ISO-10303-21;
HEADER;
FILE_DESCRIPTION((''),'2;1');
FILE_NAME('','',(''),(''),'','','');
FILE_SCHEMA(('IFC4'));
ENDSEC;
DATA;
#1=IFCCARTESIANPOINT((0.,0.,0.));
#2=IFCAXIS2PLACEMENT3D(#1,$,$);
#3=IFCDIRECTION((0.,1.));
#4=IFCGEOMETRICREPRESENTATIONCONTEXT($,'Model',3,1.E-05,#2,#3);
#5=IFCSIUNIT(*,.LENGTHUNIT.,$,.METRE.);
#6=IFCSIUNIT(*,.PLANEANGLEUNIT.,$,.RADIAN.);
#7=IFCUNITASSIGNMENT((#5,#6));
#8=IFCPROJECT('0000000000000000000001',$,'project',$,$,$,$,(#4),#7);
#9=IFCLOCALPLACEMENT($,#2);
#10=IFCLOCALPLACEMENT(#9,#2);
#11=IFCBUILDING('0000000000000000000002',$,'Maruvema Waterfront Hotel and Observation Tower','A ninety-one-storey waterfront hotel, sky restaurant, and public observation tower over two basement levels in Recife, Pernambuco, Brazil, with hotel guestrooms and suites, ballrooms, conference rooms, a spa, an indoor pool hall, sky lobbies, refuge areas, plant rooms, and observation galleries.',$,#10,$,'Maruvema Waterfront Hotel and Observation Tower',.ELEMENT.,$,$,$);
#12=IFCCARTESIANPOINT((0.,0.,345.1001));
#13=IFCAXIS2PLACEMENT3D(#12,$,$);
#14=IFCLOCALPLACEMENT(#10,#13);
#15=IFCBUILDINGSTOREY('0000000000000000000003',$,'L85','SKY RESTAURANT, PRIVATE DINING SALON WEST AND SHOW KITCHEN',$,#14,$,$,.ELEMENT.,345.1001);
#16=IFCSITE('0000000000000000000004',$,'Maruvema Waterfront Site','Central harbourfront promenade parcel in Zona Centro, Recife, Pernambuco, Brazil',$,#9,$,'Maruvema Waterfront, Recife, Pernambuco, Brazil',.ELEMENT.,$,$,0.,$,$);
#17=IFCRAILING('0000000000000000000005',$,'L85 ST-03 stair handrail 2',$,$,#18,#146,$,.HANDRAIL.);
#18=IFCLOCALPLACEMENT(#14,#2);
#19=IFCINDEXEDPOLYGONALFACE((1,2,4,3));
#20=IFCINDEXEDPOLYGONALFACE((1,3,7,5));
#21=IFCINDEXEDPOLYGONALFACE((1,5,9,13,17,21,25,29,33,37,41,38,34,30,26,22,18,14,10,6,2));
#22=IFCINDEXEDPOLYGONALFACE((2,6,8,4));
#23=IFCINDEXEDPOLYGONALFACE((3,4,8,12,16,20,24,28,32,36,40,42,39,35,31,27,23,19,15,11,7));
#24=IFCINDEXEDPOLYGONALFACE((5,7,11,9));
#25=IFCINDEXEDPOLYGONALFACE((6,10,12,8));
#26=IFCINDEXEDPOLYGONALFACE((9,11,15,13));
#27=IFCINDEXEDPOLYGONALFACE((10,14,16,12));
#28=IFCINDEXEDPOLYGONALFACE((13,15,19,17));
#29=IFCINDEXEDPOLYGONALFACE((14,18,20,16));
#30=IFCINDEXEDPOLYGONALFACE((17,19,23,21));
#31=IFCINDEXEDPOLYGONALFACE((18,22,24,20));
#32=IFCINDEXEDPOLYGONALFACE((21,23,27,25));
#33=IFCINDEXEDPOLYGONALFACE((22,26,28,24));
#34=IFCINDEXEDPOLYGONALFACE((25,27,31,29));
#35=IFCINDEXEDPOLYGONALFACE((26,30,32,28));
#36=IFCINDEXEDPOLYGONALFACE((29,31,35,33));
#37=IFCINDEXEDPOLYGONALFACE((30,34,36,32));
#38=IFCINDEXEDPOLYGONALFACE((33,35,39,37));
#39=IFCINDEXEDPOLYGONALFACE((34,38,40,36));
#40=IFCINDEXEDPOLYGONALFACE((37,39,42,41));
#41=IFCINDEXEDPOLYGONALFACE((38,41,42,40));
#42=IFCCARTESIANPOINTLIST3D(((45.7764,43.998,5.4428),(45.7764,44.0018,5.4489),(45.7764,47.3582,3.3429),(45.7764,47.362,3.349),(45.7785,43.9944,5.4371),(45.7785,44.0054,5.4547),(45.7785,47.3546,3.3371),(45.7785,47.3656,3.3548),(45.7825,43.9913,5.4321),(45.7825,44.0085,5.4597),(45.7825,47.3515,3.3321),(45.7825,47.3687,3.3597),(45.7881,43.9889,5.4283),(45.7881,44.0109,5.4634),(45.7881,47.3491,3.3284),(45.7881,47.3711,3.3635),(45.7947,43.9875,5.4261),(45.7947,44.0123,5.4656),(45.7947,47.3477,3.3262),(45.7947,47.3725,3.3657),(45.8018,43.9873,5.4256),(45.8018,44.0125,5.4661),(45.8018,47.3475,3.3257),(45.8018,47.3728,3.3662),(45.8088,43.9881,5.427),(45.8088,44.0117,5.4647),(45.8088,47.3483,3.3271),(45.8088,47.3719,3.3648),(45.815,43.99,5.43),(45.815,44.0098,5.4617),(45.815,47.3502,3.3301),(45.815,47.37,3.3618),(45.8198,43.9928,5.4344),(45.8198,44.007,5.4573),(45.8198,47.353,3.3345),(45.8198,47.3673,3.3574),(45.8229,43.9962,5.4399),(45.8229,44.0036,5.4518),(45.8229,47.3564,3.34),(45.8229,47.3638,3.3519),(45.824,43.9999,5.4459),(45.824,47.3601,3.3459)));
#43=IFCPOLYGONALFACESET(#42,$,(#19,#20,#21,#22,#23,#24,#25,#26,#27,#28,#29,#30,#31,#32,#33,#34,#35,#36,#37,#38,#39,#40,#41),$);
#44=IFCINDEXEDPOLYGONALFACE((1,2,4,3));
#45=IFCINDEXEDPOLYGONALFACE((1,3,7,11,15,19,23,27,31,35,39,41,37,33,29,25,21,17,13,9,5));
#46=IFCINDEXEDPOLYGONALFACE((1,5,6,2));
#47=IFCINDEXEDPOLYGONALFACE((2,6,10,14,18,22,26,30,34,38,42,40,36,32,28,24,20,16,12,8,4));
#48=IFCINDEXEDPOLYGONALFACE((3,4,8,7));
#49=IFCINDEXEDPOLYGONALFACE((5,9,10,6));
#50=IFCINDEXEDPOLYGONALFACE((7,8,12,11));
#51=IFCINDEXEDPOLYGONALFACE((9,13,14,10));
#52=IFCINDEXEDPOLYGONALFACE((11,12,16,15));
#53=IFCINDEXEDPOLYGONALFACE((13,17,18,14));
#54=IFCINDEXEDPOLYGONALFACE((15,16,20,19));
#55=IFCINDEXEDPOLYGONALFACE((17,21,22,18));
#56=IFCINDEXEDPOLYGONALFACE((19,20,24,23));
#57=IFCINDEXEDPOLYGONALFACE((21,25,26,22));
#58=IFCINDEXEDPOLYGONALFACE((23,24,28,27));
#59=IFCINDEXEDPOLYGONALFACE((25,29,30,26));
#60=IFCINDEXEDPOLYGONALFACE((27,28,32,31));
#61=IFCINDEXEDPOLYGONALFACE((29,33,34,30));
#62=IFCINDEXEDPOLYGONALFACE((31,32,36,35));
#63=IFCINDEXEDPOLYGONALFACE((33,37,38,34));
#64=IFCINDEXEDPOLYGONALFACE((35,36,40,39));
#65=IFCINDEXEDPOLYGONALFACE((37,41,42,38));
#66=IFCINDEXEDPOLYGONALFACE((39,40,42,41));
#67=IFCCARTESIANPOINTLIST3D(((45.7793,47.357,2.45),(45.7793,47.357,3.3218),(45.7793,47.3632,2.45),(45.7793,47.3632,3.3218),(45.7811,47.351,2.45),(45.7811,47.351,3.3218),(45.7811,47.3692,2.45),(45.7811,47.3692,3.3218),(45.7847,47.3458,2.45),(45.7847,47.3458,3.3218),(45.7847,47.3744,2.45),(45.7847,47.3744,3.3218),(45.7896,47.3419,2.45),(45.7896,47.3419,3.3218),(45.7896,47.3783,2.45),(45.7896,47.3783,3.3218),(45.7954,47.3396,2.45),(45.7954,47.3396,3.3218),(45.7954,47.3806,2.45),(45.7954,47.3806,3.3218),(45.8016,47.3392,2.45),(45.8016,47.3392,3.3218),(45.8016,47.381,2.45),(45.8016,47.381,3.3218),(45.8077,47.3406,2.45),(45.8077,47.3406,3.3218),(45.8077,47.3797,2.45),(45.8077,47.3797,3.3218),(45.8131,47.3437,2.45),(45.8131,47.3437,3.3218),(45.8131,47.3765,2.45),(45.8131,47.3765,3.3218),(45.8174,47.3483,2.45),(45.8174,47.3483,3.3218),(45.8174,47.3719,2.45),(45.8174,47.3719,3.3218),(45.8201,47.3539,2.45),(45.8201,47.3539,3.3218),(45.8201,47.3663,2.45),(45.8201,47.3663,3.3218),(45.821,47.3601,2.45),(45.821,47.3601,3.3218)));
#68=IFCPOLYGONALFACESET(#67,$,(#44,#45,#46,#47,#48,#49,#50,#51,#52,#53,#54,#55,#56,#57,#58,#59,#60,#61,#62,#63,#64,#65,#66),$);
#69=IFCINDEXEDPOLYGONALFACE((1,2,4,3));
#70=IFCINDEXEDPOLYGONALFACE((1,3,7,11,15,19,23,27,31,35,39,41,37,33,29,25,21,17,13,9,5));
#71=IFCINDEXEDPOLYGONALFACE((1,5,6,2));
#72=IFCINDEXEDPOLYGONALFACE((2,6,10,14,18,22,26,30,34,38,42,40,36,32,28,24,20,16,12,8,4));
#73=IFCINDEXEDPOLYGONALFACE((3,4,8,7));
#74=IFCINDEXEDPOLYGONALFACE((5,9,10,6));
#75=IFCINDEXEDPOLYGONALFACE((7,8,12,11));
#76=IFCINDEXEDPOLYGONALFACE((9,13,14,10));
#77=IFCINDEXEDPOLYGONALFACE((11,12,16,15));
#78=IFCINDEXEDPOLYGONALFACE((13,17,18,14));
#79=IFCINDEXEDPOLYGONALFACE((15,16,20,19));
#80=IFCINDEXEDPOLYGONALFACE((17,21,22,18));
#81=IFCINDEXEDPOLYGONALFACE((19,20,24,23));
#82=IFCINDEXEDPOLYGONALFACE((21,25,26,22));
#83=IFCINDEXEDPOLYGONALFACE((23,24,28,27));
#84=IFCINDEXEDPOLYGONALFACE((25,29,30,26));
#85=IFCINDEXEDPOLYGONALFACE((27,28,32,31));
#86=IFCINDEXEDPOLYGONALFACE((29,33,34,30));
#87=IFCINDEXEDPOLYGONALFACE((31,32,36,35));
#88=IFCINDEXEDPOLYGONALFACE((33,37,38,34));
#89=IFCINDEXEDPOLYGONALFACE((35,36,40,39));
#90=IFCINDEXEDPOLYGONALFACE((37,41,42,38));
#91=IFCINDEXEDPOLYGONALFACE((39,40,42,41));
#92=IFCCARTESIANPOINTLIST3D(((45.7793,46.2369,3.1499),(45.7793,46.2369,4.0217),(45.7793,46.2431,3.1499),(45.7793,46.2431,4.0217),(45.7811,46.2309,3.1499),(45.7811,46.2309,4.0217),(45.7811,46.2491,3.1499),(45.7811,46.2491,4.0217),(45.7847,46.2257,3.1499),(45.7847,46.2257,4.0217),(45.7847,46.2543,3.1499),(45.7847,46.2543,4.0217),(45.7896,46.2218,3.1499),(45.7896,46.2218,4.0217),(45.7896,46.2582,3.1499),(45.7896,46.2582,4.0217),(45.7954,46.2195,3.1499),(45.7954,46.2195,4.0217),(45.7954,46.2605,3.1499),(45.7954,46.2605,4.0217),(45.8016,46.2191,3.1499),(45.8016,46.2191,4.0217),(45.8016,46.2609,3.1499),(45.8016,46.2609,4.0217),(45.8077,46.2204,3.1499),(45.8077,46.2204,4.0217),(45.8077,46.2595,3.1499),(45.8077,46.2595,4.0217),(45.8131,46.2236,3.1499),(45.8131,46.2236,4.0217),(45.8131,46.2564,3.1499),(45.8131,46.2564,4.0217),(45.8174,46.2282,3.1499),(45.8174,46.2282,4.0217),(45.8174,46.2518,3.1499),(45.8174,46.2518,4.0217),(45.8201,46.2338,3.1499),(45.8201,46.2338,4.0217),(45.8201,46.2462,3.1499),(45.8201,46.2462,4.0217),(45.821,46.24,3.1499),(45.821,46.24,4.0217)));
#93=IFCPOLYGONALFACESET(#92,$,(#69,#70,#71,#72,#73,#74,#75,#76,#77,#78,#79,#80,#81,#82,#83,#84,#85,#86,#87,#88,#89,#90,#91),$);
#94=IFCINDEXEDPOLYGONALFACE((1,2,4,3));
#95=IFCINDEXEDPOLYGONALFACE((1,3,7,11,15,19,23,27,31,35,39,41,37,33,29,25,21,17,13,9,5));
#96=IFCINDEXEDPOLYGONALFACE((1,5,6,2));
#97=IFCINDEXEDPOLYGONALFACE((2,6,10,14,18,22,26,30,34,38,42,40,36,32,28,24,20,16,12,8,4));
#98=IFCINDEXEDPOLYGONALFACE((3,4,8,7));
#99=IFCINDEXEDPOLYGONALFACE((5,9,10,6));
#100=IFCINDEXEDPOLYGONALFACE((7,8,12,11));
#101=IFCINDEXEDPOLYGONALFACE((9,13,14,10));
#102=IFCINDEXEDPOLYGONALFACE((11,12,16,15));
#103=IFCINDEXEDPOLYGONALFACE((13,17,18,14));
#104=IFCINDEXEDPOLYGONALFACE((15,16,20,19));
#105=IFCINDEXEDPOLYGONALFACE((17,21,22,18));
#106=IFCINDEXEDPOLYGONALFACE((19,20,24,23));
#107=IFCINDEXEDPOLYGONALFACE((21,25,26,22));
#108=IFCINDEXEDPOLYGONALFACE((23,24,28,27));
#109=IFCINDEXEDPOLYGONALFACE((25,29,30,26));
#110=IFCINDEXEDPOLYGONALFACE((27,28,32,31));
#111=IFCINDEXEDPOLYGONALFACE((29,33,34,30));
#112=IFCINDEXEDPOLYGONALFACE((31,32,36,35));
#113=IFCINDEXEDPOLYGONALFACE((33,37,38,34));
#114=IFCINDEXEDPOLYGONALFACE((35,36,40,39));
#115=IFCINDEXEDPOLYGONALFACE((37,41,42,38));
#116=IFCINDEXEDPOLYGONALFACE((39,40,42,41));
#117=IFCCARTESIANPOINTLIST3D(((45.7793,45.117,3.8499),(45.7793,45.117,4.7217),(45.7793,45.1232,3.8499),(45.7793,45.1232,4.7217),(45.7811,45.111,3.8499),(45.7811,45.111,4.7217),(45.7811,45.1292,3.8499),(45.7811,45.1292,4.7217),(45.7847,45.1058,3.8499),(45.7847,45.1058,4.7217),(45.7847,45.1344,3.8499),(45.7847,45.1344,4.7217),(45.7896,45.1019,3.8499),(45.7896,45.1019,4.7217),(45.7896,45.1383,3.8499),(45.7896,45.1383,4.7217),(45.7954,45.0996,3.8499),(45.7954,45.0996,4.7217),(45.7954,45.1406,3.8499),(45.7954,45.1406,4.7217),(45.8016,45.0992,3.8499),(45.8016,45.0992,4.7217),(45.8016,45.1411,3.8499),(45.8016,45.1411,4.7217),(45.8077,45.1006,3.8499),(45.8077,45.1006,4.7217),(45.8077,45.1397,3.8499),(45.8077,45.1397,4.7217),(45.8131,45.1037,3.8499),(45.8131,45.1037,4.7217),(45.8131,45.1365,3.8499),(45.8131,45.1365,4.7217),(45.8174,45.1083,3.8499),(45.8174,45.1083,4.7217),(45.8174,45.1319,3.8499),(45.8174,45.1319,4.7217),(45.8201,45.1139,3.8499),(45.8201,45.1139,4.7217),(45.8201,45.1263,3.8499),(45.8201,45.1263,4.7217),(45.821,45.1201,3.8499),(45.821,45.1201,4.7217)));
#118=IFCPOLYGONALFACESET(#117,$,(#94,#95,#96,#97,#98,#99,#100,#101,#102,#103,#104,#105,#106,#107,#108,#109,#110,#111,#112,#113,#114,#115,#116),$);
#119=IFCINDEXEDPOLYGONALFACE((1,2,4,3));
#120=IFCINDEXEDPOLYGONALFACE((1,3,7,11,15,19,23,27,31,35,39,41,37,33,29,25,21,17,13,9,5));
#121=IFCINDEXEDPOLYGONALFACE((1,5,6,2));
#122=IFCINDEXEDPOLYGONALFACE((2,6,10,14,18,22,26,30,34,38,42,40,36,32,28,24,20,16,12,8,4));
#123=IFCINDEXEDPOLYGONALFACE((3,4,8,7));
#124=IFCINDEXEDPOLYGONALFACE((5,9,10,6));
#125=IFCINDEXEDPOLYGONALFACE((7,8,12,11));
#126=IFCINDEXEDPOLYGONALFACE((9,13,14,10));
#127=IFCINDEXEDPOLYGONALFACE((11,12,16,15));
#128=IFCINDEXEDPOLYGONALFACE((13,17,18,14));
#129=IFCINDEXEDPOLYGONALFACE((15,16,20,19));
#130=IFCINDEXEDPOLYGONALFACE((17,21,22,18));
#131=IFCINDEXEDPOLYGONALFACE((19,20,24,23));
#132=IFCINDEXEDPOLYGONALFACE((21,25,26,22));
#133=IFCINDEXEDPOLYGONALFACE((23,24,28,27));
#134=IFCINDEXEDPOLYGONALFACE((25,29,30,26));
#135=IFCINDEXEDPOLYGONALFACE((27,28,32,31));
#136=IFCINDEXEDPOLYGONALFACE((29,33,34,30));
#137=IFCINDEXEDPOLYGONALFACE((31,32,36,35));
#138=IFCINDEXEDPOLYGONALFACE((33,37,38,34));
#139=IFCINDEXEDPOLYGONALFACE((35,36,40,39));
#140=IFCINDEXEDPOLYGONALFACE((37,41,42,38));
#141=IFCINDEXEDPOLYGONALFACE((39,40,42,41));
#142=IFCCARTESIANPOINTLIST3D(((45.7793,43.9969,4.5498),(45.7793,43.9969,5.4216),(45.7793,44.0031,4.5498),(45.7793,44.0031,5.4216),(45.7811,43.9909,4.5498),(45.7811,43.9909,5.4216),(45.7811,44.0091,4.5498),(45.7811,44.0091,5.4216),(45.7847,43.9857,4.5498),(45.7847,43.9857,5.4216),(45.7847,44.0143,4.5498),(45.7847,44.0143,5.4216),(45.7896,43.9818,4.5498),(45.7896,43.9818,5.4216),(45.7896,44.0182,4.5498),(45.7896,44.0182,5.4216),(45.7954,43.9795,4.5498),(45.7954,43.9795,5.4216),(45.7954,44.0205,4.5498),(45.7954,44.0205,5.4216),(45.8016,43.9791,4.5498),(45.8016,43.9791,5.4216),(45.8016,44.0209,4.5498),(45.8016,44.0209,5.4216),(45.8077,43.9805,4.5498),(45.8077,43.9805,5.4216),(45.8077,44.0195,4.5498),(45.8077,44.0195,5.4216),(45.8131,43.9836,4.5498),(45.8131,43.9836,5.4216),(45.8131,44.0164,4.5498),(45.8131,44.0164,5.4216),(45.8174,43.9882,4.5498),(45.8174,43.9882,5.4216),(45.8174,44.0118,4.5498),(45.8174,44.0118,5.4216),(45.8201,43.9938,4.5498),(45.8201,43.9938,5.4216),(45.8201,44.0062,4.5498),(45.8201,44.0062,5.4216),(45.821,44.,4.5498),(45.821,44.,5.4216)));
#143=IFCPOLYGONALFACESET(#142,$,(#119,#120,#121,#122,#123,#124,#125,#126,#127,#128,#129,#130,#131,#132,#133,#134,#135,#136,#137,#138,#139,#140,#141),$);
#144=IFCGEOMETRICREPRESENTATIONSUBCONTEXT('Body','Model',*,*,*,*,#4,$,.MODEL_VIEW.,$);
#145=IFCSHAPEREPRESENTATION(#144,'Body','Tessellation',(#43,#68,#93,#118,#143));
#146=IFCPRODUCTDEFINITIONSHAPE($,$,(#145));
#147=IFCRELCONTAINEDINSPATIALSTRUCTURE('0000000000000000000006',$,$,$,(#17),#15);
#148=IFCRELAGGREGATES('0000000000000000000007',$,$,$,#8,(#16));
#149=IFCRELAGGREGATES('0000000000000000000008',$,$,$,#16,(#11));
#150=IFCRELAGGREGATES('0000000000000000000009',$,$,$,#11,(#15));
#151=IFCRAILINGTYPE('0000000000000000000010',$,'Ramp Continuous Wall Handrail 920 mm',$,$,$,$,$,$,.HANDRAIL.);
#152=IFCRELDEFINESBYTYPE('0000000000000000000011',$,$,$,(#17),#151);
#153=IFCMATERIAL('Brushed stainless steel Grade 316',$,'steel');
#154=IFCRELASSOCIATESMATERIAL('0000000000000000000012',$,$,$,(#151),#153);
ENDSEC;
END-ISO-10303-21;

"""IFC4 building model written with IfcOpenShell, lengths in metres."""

from ifc_helpers import new_model, si_unit, direction, frame, origin, origin_2d, place, context, subcontext, project, spatial, circle, extrude, material, type_object, element, save


model = new_model("IFC4")

# Units and contexts
model_context = context("Model", 3, precision=1e-05, world=origin(), true_north=direction((0.0, 1.0)))
body_context = subcontext(model_context, "Body", "Model", "MODEL_VIEW")
ifc_project = project(units=[si_unit("LENGTHUNIT", "METRE"), si_unit("PLANEANGLEUNIT", "RADIAN")], contexts=[model_context])

# Site, building, storey
site_placement = place(None, origin())
site = spatial("IfcSite", under=ifc_project, at=site_placement, Name="Maruvema Waterfront Site", Description="Central harbourfront promenade parcel in Zona Centro, Recife, Pernambuco, Brazil", LongName="Maruvema Waterfront, Recife, Pernambuco, Brazil", CompositionType="ELEMENT", RefElevation=0.0)
building_placement = place(site_placement, origin())
building = spatial("IfcBuilding", under=site, at=building_placement, Name="Maruvema Waterfront Hotel and Observation Tower", Description="A ninety-one-storey waterfront hotel, sky restaurant, and public observation tower over two basement levels in Recife, Pernambuco, Brazil, with hotel guestrooms and suites, ballrooms, conference rooms, a spa, an indoor pool hall, sky lobbies, refuge areas, plant rooms, and observation galleries.", LongName="Maruvema Waterfront Hotel and Observation Tower", CompositionType="ELEMENT")
storey_placement = place(building_placement, frame((0.0, 0.0, 345.1001)))
storey = spatial("IfcBuildingStorey", under=building, at=storey_placement, Name="L85", Description="SKY RESTAURANT, PRIVATE DINING SALON WEST AND SHOW KITCHEN", CompositionType="ELEMENT", Elevation=345.1001)

# Railing
ifc_material_1 = material(Name="Brushed stainless steel Grade 316", Category="steel")
railing_type_1 = type_object("IfcRailingType", Name="Ramp Continuous Wall Handrail 920 mm", PredefinedType="HANDRAIL", material=ifc_material_1)
railing_1_placement = place(storey_placement, frame((45.8, 47.3601, 2.45)))
element("IfcRailing", 1, at=railing_1_placement, inside=storey, type_object=railing_type_1, Name="L85 ST-03 stair handrail 2", PredefinedType="HANDRAIL", context=body_context, shape_type="SweptSolid", body=[
    extrude(circle(Radius=0.0239, at=origin_2d()), frame((0.0, 0.0, 0.896), z_axis=(0.0, -0.848023, 0.52996), x_axis=(1.0, 0.0, 0.0)), (0.0, 0.0, 1.0), 3.9624),
    extrude(circle(Radius=0.021, at=origin_2d()), origin(), (0.0, 0.0, 1.0), 0.8718),
    extrude(circle(Radius=0.021, at=origin_2d()), frame((0.0, -1.1201, 0.7)), (0.0, 0.0, 1.0), 0.8718),
    extrude(circle(Radius=0.021, at=origin_2d()), frame((0.0, -2.24, 1.3999)), (0.0, 0.0, 1.0), 0.8718),
    extrude(circle(Radius=0.021, at=origin_2d()), frame((0.0, -3.3601, 2.0999)), (0.0, 0.0, 1.0), 0.8718),
])

save(model, "model.ifc")
